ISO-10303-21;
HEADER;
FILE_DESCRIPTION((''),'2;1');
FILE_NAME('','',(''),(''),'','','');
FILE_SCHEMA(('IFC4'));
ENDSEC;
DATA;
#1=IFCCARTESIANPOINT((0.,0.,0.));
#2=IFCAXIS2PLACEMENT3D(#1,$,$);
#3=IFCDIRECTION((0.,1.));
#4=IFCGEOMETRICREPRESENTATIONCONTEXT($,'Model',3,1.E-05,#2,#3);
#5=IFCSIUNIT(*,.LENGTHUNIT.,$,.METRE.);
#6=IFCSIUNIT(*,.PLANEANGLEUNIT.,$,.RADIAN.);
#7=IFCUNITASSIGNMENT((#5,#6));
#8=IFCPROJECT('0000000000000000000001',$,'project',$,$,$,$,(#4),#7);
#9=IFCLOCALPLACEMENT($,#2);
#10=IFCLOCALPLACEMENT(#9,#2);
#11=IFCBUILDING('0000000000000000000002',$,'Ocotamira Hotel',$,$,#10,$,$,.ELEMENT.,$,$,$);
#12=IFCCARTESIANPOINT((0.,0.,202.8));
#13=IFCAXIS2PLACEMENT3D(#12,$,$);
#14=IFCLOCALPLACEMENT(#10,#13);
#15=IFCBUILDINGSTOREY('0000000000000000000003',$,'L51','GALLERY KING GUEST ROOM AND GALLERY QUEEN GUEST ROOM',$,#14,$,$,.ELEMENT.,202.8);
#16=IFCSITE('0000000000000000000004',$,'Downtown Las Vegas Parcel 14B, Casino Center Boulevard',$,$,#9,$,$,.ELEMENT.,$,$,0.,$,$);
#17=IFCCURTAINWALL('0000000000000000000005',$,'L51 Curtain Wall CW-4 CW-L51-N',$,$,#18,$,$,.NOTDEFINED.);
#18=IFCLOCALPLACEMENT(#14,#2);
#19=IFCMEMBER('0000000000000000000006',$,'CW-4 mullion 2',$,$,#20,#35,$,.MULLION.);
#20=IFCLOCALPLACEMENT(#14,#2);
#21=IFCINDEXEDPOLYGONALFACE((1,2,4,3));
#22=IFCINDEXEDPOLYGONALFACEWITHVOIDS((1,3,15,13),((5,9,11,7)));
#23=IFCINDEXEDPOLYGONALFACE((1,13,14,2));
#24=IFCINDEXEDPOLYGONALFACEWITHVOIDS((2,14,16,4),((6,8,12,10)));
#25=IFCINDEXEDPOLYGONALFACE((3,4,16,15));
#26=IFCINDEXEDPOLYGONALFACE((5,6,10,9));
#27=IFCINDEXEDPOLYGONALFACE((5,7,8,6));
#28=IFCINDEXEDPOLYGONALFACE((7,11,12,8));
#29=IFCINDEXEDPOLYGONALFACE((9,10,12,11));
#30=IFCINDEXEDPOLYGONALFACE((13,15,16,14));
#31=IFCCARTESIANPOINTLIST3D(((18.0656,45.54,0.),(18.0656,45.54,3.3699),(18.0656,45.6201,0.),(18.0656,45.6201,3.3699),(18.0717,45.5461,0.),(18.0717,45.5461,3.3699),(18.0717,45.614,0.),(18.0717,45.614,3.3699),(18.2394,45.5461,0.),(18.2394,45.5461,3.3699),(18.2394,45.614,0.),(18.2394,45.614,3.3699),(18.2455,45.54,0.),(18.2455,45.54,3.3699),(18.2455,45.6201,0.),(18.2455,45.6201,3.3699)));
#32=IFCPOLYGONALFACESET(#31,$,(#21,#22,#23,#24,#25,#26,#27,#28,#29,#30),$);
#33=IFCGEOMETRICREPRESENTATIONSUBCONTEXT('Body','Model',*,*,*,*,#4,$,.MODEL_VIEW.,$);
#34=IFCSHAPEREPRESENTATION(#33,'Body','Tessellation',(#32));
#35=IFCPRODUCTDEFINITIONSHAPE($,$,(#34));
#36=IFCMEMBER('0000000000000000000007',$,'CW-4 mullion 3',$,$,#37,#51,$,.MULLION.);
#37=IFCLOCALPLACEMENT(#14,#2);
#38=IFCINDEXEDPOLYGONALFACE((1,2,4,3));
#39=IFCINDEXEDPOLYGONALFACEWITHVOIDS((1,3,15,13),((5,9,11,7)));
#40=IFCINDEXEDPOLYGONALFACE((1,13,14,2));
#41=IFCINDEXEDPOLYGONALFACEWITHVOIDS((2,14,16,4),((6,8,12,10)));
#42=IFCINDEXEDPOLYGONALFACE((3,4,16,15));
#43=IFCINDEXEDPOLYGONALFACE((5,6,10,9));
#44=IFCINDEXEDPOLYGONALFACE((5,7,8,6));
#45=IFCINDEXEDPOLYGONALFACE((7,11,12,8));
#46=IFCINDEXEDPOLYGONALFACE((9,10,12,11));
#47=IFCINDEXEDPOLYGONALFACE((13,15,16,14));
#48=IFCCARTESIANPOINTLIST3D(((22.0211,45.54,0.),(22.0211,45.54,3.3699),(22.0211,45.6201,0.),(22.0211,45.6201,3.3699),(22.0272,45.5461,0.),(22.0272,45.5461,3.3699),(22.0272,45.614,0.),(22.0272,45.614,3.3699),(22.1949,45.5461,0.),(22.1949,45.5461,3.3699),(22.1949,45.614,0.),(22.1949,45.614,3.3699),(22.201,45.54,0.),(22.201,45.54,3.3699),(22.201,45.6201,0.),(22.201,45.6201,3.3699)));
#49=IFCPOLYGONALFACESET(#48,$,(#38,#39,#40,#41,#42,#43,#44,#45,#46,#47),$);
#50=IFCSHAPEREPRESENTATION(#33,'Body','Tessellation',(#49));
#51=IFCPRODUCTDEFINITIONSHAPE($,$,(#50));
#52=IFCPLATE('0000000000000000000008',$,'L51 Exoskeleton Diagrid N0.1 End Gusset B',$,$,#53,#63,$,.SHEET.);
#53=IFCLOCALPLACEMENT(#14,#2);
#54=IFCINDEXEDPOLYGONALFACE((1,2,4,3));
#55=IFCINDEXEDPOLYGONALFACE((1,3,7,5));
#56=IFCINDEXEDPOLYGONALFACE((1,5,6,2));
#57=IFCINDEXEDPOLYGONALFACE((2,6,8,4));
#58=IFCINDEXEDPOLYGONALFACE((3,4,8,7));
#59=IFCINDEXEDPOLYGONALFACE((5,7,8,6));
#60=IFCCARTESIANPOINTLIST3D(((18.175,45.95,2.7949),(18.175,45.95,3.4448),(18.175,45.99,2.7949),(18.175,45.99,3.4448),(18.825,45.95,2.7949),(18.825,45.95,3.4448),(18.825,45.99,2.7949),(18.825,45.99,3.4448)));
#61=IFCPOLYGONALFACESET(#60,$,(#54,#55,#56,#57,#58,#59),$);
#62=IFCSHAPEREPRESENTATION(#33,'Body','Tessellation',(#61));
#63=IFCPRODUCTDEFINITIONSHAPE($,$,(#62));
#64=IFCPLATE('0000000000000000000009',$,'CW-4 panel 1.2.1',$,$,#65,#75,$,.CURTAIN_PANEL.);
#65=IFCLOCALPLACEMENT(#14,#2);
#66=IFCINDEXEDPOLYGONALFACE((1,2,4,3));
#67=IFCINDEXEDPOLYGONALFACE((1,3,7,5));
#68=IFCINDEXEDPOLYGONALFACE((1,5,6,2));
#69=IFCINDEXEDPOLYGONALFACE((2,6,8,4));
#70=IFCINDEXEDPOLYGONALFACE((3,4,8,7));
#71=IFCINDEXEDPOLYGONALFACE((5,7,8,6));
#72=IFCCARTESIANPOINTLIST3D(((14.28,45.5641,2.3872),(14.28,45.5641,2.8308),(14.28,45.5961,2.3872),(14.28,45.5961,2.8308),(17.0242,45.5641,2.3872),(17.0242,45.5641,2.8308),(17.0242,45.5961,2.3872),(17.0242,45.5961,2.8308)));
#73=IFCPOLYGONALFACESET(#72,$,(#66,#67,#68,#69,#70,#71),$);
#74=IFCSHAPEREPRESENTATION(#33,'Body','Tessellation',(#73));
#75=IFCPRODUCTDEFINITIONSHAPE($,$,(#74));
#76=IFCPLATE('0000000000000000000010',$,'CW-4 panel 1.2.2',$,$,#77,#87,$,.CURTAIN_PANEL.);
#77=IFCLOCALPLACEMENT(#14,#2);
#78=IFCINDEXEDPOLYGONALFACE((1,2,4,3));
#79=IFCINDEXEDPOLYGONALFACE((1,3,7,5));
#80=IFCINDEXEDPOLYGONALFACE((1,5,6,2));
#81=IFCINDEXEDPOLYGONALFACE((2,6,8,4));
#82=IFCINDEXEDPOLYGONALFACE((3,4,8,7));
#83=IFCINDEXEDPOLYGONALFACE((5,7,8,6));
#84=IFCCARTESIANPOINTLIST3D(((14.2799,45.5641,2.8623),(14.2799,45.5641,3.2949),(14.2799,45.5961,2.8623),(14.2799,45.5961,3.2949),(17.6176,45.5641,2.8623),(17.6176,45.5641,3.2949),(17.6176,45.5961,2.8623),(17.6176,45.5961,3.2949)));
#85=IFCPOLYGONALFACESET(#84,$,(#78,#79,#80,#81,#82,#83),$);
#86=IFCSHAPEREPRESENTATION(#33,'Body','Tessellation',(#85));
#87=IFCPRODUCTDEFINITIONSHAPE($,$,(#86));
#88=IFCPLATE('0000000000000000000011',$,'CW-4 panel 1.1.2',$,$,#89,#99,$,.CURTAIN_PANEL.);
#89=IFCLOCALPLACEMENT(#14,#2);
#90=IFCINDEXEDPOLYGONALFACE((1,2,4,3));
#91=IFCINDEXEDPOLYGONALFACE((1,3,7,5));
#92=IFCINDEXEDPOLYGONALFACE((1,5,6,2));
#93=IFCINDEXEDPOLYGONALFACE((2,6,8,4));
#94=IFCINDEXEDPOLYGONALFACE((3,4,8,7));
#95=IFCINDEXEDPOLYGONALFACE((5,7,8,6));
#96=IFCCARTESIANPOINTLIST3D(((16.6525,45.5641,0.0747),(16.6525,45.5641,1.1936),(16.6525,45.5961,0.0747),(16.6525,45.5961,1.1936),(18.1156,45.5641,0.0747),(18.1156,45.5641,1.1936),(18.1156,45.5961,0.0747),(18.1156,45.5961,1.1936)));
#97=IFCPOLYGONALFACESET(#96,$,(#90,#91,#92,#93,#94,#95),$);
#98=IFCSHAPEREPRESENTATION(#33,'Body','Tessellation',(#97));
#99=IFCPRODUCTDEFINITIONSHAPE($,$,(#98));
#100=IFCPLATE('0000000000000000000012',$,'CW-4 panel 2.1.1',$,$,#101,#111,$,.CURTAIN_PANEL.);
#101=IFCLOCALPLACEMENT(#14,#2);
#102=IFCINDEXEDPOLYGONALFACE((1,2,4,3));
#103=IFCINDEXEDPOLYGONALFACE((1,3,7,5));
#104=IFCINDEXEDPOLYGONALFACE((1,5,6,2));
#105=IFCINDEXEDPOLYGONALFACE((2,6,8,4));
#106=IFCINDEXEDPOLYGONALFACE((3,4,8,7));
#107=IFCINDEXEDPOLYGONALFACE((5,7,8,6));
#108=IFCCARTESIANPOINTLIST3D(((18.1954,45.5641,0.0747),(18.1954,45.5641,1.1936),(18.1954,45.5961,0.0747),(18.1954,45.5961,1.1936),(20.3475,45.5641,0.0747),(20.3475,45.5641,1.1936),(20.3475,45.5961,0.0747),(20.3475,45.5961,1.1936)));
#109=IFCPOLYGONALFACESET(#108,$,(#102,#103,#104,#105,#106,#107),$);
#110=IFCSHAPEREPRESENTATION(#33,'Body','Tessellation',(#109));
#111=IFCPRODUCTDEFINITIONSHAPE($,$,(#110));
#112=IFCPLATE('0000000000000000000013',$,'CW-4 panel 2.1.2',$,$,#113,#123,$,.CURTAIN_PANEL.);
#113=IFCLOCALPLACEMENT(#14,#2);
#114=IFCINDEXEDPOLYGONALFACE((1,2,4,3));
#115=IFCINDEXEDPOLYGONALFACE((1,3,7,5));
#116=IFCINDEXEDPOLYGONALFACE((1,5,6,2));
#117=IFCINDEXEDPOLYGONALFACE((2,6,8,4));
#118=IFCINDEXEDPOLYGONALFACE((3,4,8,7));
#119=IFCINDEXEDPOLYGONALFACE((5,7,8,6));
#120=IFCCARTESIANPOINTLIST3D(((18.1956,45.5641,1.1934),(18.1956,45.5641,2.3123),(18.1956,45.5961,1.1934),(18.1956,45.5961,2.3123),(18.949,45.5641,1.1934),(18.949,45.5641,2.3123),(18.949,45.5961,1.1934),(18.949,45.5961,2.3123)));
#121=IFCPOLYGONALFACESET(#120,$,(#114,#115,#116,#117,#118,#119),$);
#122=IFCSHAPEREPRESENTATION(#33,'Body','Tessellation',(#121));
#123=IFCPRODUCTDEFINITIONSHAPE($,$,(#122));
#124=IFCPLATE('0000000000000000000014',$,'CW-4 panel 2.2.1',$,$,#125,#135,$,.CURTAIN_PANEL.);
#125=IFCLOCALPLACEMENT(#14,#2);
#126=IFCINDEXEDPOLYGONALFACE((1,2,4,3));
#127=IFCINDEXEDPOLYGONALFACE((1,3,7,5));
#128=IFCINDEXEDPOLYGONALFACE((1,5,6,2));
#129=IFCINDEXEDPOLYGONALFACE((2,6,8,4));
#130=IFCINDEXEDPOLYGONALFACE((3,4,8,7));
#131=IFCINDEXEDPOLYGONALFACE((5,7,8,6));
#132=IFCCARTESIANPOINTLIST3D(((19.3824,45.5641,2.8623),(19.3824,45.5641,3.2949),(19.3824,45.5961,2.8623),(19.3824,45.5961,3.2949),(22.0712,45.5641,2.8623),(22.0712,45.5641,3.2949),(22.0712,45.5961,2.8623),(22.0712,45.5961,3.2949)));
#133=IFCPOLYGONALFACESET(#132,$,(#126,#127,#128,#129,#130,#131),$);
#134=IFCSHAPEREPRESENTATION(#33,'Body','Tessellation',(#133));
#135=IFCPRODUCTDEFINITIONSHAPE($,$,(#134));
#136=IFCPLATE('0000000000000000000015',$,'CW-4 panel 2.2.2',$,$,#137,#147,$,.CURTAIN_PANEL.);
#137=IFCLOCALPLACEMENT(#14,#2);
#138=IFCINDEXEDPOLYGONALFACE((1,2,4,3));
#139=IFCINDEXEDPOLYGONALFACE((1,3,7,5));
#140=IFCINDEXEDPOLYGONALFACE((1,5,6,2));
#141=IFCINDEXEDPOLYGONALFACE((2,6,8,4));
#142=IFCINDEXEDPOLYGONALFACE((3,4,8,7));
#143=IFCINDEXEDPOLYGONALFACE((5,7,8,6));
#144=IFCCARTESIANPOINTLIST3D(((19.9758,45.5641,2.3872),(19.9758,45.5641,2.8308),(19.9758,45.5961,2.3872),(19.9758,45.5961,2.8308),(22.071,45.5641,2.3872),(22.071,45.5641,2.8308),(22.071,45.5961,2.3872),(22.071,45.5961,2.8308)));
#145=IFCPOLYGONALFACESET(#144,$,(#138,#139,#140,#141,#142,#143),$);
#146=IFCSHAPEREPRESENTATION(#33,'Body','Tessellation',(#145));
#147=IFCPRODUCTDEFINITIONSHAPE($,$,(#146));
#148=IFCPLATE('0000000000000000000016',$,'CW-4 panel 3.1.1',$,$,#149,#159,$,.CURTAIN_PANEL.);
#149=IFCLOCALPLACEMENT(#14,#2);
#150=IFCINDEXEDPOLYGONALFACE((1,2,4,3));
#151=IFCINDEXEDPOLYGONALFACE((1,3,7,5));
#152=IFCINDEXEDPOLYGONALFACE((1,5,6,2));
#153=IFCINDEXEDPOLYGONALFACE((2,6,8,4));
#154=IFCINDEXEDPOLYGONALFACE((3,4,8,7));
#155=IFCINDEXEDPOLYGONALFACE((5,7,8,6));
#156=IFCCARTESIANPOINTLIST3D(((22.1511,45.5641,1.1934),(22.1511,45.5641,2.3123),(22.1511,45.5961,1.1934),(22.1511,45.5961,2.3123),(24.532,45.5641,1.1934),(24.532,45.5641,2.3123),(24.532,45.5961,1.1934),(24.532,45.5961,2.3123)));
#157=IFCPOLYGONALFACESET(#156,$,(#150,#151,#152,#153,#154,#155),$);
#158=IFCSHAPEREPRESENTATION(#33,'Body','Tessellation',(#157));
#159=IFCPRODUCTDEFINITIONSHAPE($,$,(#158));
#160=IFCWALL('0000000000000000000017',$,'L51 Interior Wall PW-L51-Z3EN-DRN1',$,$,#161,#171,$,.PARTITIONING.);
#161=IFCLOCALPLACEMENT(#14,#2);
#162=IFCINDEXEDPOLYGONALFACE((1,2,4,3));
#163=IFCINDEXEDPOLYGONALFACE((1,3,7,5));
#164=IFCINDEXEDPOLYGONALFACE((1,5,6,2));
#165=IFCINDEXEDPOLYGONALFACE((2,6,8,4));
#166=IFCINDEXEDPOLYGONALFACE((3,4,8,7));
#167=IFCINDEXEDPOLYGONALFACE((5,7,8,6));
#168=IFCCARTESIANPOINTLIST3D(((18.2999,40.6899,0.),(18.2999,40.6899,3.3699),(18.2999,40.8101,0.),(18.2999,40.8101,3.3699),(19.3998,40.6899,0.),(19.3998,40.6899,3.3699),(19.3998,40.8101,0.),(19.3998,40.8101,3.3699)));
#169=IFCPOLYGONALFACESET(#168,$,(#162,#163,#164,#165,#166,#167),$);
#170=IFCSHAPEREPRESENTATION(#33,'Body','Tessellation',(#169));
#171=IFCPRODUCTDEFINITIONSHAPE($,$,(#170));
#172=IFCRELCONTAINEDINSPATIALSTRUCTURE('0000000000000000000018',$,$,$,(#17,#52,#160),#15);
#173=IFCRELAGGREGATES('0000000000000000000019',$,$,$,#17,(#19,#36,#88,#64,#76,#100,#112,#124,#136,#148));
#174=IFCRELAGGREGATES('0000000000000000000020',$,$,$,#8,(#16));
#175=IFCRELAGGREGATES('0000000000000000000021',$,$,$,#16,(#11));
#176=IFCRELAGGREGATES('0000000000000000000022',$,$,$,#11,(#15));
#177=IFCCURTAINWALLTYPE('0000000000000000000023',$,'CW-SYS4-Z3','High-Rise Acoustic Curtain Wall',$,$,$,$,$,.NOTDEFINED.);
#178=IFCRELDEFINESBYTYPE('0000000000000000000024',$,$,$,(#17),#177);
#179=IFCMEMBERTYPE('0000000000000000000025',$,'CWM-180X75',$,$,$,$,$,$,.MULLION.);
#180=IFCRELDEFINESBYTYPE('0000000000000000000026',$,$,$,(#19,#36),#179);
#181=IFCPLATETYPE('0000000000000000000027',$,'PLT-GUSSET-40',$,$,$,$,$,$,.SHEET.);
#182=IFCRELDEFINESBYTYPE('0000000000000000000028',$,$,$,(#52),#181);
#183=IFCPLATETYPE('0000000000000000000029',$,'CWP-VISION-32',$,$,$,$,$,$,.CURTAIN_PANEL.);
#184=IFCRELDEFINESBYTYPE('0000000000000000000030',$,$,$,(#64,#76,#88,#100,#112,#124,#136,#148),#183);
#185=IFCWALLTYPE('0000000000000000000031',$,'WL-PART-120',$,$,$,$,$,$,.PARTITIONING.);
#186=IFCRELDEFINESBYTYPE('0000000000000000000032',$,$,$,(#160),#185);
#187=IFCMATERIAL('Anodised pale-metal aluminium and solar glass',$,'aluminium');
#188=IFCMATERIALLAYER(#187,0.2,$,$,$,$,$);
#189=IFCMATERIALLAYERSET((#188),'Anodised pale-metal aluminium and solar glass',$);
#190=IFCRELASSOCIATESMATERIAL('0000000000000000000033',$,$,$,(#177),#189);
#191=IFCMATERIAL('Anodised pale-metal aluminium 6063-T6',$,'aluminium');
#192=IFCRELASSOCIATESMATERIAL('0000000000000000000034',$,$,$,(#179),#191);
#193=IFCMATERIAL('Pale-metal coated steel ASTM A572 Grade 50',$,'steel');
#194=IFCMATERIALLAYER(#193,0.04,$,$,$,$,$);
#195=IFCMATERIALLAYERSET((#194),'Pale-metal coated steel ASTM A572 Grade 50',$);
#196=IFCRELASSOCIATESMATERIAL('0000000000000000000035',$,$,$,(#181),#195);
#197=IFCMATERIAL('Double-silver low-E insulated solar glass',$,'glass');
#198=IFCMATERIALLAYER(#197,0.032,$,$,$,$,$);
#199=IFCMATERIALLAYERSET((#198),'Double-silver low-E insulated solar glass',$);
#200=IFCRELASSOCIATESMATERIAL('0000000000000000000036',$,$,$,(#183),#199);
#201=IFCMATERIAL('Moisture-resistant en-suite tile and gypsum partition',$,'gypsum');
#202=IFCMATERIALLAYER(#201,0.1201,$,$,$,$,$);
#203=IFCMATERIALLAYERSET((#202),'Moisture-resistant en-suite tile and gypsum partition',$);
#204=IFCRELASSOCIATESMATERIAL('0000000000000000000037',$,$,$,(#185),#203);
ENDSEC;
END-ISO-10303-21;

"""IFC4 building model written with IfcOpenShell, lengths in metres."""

from ifc_helpers import new_model, si_unit, direction, frame, frame_2d, origin, origin_2d, place, context, subcontext, project, spatial, rectangle, hollow_rectangle, extrude, source, transform, mapped, material, layer, layer_set, material_profile, profile_set, type_object, element, aggregate, save


model = new_model("IFC4")

# Units and contexts
model_context = context("Model", 3, precision=1e-05, world=origin(), true_north=direction((0.0, 1.0)))
body_context = subcontext(model_context, "Body", "Model", "MODEL_VIEW")
ifc_project = project(units=[si_unit("LENGTHUNIT", "METRE"), si_unit("PLANEANGLEUNIT", "RADIAN")], contexts=[model_context])

# Site, building, storey
site_placement = place(None, origin())
site = spatial("IfcSite", under=ifc_project, at=site_placement, Name="Downtown Las Vegas Parcel 14B, Casino Center Boulevard", CompositionType="ELEMENT", RefElevation=0.0)
building_placement = place(site_placement, origin())
building = spatial("IfcBuilding", under=site, at=building_placement, Name="Ocotamira Hotel", CompositionType="ELEMENT")
storey_placement = place(building_placement, frame((0.0, 0.0, 202.8)))
storey = spatial("IfcBuildingStorey", under=building, at=storey_placement, Name="L51", Description="GALLERY KING GUEST ROOM AND GALLERY QUEEN GUEST ROOM", CompositionType="ELEMENT", Elevation=202.8)

# Curtain wall, members
ifc_material_1 = material(Name="Anodised pale-metal aluminium and solar glass", Category="aluminium")
ifc_layer_1 = layer(ifc_material_1, 0.2)
ifc_layer_set_1 = layer_set([ifc_layer_1], Name="Anodised pale-metal aluminium and solar glass")
curtain_wall_type = type_object("IfcCurtainWallType", Name="CW-SYS4-Z3", Description="High-Rise Acoustic Curtain Wall", PredefinedType="NOTDEFINED", material=ifc_layer_set_1)
curtain_wall_placement = place(storey_placement, origin())
curtain_wall = element("IfcCurtainWall", 1, at=curtain_wall_placement, inside=storey, type_object=curtain_wall_type, Name="L51 Curtain Wall CW-4 CW-L51-N", PredefinedType="NOTDEFINED")
ifc_material_2 = material(Name="Anodised pale-metal aluminium 6063-T6", Category="aluminium")
ifc_material_profile_1 = material_profile(ifc_material_2, hollow_rectangle(XDim=0.0801, YDim=0.1799, WallThickness=0.0061, at=origin_2d()), Name="HSS180X80X6")
ifc_profile_set_1 = profile_set([ifc_material_profile_1], Name="Anodised pale-metal aluminium 6063-T6")
member_type_1 = type_object("IfcMemberType", Name="CWM-180X75", PredefinedType="MULLION", material=ifc_profile_set_1)
shared_shape_1 = source(origin(), body_context, "Body", "SweptSolid", [
    extrude(hollow_rectangle(XDim=0.0801, YDim=0.1799, WallThickness=0.0061, at=origin_2d()), origin(), (0.0, 0.0, 1.0), 3.3699),
])
member_1_placement = place(storey_placement, frame((18.1555, 45.5801, 0.0), z_axis=(0.0, 0.0, 1.0), x_axis=(0.0, 1.0, 0.0)))
member_1 = element("IfcMember", 2, at=member_1_placement, type_object=member_type_1, Name="CW-4 mullion 2", PredefinedType="MULLION", context=body_context, shape_type="MappedRepresentation", body=[
    mapped(shared_shape_1, transform((0.0, 0.0, 0.0), scale=1.0)),
])
member_2_placement = place(storey_placement, frame((22.1111, 45.5801, 0.0), z_axis=(0.0, 0.0, 1.0), x_axis=(0.0, 1.0, 0.0)))
member_2 = element("IfcMember", 3, at=member_2_placement, type_object=member_type_1, Name="CW-4 mullion 3", PredefinedType="MULLION", context=body_context, shape_type="MappedRepresentation", body=[
    mapped(shared_shape_1, transform((0.0, 0.0, 0.0), scale=1.0)),
])

# Plates
ifc_material_3 = material(Name="Pale-metal coated steel ASTM A572 Grade 50", Category="steel")
ifc_layer_2 = layer(ifc_material_3, 0.04)
ifc_layer_set_2 = layer_set([ifc_layer_2], Name="Pale-metal coated steel ASTM A572 Grade 50")
plate_type_1 = type_object("IfcPlateType", Name="PLT-GUSSET-40", PredefinedType="SHEET", material=ifc_layer_set_2)
shared_shape_2 = source(origin(), body_context, "Body", "SweptSolid", [
    extrude(rectangle(XDim=0.6499, YDim=0.04, at=origin_2d()), origin(), (0.0, 0.0, 1.0), 0.6499),
])
plate_1_placement = place(storey_placement, frame((18.5, 45.97, 2.7949), z_axis=(0.0, 0.0, 1.0), x_axis=(1.0, 0.0, 0.0)))
element("IfcPlate", 4, at=plate_1_placement, inside=storey, type_object=plate_type_1, Name="L51 Exoskeleton Diagrid N0.1 End Gusset B", PredefinedType="SHEET", context=body_context, shape_type="MappedRepresentation", body=[
    mapped(shared_shape_2, transform((0.0, 0.0, 0.0), scale=1.0)),
])
ifc_material_4 = material(Name="Double-silver low-E insulated solar glass", Category="glass")
ifc_layer_3 = layer(ifc_material_4, 0.032)
ifc_layer_set_3 = layer_set([ifc_layer_3], Name="Double-silver low-E insulated solar glass")
plate_type_2 = type_object("IfcPlateType", Name="CWP-VISION-32", PredefinedType="CURTAIN_PANEL", material=ifc_layer_set_3)
shared_shape_3 = source(origin(), body_context, "Body", "SweptSolid", [
    extrude(rectangle(XDim=2.7441, YDim=0.032, at=origin_2d()), origin(), (0.0, 0.0, 1.0), 0.4436),
])
plate_2_placement = place(storey_placement, frame((15.6521, 45.5801, 2.3872), z_axis=(0.0, 0.0, 1.0), x_axis=(1.0, 0.0, 0.0)))
plate_2 = element("IfcPlate", 5, at=plate_2_placement, type_object=plate_type_2, Name="CW-4 panel 1.2.1", PredefinedType="CURTAIN_PANEL", context=body_context, shape_type="MappedRepresentation", body=[
    mapped(shared_shape_3, transform((0.0, 0.0, 0.0), scale=1.0)),
])
shared_shape_4 = source(origin(), body_context, "Body", "SweptSolid", [
    extrude(rectangle(XDim=3.3376, YDim=0.032, at=origin_2d()), origin(), (0.0, 0.0, 1.0), 0.4326),
])
plate_3_placement = place(storey_placement, frame((15.9487, 45.5801, 2.8623), z_axis=(0.0, 0.0, 1.0), x_axis=(1.0, 0.0, 0.0)))
plate_3 = element("IfcPlate", 6, at=plate_3_placement, type_object=plate_type_2, Name="CW-4 panel 1.2.2", PredefinedType="CURTAIN_PANEL", context=body_context, shape_type="MappedRepresentation", body=[
    mapped(shared_shape_4, transform((0.0, 0.0, 0.0), scale=1.0)),
])
shared_shape_5 = source(origin(), body_context, "Body", "SweptSolid", [
    extrude(rectangle(XDim=1.4631, YDim=0.032, at=origin_2d()), origin(), (0.0, 0.0, 1.0), 1.1189),
])
plate_4_placement = place(storey_placement, frame((17.384, 45.5801, 0.0747), z_axis=(0.0, 0.0, 1.0), x_axis=(1.0, 0.0, 0.0)))
plate_4 = element("IfcPlate", 7, at=plate_4_placement, type_object=plate_type_2, Name="CW-4 panel 1.1.2", PredefinedType="CURTAIN_PANEL", context=body_context, shape_type="MappedRepresentation", body=[
    mapped(shared_shape_5, transform((0.0, 0.0, 0.0), scale=1.0)),
])
shared_shape_6 = source(origin(), body_context, "Body", "SweptSolid", [
    extrude(rectangle(XDim=2.1521, YDim=0.032, at=origin_2d()), origin(), (0.0, 0.0, 1.0), 1.1189),
])
plate_5_placement = place(storey_placement, frame((19.2715, 45.5801, 0.0747), z_axis=(0.0, 0.0, 1.0), x_axis=(1.0, 0.0, 0.0)))
plate_5 = element("IfcPlate", 8, at=plate_5_placement, type_object=plate_type_2, Name="CW-4 panel 2.1.1", PredefinedType="CURTAIN_PANEL", context=body_context, shape_type="MappedRepresentation", body=[
    mapped(shared_shape_6, transform((0.0, 0.0, 0.0), scale=1.0)),
])
shared_shape_7 = source(origin(), body_context, "Body", "SweptSolid", [
    extrude(rectangle(XDim=0.7534, YDim=0.032, at=origin_2d()), origin(), (0.0, 0.0, 1.0), 1.1189),
])
plate_6_placement = place(storey_placement, frame((18.5723, 45.5801, 1.1934), z_axis=(0.0, 0.0, 1.0), x_axis=(1.0, 0.0, 0.0)))
plate_6 = element("IfcPlate", 9, at=plate_6_placement, type_object=plate_type_2, Name="CW-4 panel 2.1.2", PredefinedType="CURTAIN_PANEL", context=body_context, shape_type="MappedRepresentation", body=[
    mapped(shared_shape_7, transform((0.0, 0.0, 0.0), scale=1.0)),
])
shared_shape_8 = source(origin(), body_context, "Body", "SweptSolid", [
    extrude(rectangle(XDim=2.6887, YDim=0.032, at=origin_2d()), origin(), (0.0, 0.0, 1.0), 0.4326),
])
plate_7_placement = place(storey_placement, frame((20.7268, 45.5801, 2.8623), z_axis=(0.0, 0.0, 1.0), x_axis=(1.0, 0.0, 0.0)))
plate_7 = element("IfcPlate", 10, at=plate_7_placement, type_object=plate_type_2, Name="CW-4 panel 2.2.1", PredefinedType="CURTAIN_PANEL", context=body_context, shape_type="MappedRepresentation", body=[
    mapped(shared_shape_8, transform((0.0, 0.0, 0.0), scale=1.0)),
])
shared_shape_9 = source(origin(), body_context, "Body", "SweptSolid", [
    extrude(rectangle(XDim=2.0952, YDim=0.032, at=origin_2d()), origin(), (0.0, 0.0, 1.0), 0.4436),
])
plate_8_placement = place(storey_placement, frame((21.0234, 45.5801, 2.3872), z_axis=(0.0, 0.0, 1.0), x_axis=(1.0, 0.0, 0.0)))
plate_8 = element("IfcPlate", 11, at=plate_8_placement, type_object=plate_type_2, Name="CW-4 panel 2.2.2", PredefinedType="CURTAIN_PANEL", context=body_context, shape_type="MappedRepresentation", body=[
    mapped(shared_shape_9, transform((0.0, 0.0, 0.0), scale=1.0)),
])
shared_shape_10 = source(origin(), body_context, "Body", "SweptSolid", [
    extrude(rectangle(XDim=2.3809, YDim=0.032, at=origin_2d()), origin(), (0.0, 0.0, 1.0), 1.1189),
])
plate_9_placement = place(storey_placement, frame((23.3416, 45.5801, 1.1934), z_axis=(0.0, 0.0, 1.0), x_axis=(1.0, 0.0, 0.0)))
plate_9 = element("IfcPlate", 12, at=plate_9_placement, type_object=plate_type_2, Name="CW-4 panel 3.1.1", PredefinedType="CURTAIN_PANEL", context=body_context, shape_type="MappedRepresentation", body=[
    mapped(shared_shape_10, transform((0.0, 0.0, 0.0), scale=1.0)),
])
aggregate(curtain_wall, [member_1, member_2, plate_4, plate_2, plate_3, plate_5, plate_6, plate_7, plate_8, plate_9])

# Wall
ifc_material_5 = material(Name="Moisture-resistant en-suite tile and gypsum partition", Category="gypsum")
ifc_layer_4 = layer(ifc_material_5, 0.1201)
ifc_layer_set_4 = layer_set([ifc_layer_4], Name="Moisture-resistant en-suite tile and gypsum partition")
wall_type_1 = type_object("IfcWallType", Name="WL-PART-120", PredefinedType="PARTITIONING", material=ifc_layer_set_4)
wall_1_placement = place(storey_placement, frame((18.3, 40.75, 0.0), z_axis=(0.0, 0.0, 1.0), x_axis=(1.0, 0.0, 0.0)))
element("IfcWall", 13, at=wall_1_placement, inside=storey, type_object=wall_type_1, Name="L51 Interior Wall PW-L51-Z3EN-DRN1", PredefinedType="PARTITIONING", context=body_context, shape_type="SweptSolid", body=[
    extrude(rectangle(XDim=1.0999, YDim=0.1201, at=frame_2d((0.5498, 0.0))), origin(), (0.0, 0.0, 1.0), 3.3699),
])

save(model, "model.ifc")
